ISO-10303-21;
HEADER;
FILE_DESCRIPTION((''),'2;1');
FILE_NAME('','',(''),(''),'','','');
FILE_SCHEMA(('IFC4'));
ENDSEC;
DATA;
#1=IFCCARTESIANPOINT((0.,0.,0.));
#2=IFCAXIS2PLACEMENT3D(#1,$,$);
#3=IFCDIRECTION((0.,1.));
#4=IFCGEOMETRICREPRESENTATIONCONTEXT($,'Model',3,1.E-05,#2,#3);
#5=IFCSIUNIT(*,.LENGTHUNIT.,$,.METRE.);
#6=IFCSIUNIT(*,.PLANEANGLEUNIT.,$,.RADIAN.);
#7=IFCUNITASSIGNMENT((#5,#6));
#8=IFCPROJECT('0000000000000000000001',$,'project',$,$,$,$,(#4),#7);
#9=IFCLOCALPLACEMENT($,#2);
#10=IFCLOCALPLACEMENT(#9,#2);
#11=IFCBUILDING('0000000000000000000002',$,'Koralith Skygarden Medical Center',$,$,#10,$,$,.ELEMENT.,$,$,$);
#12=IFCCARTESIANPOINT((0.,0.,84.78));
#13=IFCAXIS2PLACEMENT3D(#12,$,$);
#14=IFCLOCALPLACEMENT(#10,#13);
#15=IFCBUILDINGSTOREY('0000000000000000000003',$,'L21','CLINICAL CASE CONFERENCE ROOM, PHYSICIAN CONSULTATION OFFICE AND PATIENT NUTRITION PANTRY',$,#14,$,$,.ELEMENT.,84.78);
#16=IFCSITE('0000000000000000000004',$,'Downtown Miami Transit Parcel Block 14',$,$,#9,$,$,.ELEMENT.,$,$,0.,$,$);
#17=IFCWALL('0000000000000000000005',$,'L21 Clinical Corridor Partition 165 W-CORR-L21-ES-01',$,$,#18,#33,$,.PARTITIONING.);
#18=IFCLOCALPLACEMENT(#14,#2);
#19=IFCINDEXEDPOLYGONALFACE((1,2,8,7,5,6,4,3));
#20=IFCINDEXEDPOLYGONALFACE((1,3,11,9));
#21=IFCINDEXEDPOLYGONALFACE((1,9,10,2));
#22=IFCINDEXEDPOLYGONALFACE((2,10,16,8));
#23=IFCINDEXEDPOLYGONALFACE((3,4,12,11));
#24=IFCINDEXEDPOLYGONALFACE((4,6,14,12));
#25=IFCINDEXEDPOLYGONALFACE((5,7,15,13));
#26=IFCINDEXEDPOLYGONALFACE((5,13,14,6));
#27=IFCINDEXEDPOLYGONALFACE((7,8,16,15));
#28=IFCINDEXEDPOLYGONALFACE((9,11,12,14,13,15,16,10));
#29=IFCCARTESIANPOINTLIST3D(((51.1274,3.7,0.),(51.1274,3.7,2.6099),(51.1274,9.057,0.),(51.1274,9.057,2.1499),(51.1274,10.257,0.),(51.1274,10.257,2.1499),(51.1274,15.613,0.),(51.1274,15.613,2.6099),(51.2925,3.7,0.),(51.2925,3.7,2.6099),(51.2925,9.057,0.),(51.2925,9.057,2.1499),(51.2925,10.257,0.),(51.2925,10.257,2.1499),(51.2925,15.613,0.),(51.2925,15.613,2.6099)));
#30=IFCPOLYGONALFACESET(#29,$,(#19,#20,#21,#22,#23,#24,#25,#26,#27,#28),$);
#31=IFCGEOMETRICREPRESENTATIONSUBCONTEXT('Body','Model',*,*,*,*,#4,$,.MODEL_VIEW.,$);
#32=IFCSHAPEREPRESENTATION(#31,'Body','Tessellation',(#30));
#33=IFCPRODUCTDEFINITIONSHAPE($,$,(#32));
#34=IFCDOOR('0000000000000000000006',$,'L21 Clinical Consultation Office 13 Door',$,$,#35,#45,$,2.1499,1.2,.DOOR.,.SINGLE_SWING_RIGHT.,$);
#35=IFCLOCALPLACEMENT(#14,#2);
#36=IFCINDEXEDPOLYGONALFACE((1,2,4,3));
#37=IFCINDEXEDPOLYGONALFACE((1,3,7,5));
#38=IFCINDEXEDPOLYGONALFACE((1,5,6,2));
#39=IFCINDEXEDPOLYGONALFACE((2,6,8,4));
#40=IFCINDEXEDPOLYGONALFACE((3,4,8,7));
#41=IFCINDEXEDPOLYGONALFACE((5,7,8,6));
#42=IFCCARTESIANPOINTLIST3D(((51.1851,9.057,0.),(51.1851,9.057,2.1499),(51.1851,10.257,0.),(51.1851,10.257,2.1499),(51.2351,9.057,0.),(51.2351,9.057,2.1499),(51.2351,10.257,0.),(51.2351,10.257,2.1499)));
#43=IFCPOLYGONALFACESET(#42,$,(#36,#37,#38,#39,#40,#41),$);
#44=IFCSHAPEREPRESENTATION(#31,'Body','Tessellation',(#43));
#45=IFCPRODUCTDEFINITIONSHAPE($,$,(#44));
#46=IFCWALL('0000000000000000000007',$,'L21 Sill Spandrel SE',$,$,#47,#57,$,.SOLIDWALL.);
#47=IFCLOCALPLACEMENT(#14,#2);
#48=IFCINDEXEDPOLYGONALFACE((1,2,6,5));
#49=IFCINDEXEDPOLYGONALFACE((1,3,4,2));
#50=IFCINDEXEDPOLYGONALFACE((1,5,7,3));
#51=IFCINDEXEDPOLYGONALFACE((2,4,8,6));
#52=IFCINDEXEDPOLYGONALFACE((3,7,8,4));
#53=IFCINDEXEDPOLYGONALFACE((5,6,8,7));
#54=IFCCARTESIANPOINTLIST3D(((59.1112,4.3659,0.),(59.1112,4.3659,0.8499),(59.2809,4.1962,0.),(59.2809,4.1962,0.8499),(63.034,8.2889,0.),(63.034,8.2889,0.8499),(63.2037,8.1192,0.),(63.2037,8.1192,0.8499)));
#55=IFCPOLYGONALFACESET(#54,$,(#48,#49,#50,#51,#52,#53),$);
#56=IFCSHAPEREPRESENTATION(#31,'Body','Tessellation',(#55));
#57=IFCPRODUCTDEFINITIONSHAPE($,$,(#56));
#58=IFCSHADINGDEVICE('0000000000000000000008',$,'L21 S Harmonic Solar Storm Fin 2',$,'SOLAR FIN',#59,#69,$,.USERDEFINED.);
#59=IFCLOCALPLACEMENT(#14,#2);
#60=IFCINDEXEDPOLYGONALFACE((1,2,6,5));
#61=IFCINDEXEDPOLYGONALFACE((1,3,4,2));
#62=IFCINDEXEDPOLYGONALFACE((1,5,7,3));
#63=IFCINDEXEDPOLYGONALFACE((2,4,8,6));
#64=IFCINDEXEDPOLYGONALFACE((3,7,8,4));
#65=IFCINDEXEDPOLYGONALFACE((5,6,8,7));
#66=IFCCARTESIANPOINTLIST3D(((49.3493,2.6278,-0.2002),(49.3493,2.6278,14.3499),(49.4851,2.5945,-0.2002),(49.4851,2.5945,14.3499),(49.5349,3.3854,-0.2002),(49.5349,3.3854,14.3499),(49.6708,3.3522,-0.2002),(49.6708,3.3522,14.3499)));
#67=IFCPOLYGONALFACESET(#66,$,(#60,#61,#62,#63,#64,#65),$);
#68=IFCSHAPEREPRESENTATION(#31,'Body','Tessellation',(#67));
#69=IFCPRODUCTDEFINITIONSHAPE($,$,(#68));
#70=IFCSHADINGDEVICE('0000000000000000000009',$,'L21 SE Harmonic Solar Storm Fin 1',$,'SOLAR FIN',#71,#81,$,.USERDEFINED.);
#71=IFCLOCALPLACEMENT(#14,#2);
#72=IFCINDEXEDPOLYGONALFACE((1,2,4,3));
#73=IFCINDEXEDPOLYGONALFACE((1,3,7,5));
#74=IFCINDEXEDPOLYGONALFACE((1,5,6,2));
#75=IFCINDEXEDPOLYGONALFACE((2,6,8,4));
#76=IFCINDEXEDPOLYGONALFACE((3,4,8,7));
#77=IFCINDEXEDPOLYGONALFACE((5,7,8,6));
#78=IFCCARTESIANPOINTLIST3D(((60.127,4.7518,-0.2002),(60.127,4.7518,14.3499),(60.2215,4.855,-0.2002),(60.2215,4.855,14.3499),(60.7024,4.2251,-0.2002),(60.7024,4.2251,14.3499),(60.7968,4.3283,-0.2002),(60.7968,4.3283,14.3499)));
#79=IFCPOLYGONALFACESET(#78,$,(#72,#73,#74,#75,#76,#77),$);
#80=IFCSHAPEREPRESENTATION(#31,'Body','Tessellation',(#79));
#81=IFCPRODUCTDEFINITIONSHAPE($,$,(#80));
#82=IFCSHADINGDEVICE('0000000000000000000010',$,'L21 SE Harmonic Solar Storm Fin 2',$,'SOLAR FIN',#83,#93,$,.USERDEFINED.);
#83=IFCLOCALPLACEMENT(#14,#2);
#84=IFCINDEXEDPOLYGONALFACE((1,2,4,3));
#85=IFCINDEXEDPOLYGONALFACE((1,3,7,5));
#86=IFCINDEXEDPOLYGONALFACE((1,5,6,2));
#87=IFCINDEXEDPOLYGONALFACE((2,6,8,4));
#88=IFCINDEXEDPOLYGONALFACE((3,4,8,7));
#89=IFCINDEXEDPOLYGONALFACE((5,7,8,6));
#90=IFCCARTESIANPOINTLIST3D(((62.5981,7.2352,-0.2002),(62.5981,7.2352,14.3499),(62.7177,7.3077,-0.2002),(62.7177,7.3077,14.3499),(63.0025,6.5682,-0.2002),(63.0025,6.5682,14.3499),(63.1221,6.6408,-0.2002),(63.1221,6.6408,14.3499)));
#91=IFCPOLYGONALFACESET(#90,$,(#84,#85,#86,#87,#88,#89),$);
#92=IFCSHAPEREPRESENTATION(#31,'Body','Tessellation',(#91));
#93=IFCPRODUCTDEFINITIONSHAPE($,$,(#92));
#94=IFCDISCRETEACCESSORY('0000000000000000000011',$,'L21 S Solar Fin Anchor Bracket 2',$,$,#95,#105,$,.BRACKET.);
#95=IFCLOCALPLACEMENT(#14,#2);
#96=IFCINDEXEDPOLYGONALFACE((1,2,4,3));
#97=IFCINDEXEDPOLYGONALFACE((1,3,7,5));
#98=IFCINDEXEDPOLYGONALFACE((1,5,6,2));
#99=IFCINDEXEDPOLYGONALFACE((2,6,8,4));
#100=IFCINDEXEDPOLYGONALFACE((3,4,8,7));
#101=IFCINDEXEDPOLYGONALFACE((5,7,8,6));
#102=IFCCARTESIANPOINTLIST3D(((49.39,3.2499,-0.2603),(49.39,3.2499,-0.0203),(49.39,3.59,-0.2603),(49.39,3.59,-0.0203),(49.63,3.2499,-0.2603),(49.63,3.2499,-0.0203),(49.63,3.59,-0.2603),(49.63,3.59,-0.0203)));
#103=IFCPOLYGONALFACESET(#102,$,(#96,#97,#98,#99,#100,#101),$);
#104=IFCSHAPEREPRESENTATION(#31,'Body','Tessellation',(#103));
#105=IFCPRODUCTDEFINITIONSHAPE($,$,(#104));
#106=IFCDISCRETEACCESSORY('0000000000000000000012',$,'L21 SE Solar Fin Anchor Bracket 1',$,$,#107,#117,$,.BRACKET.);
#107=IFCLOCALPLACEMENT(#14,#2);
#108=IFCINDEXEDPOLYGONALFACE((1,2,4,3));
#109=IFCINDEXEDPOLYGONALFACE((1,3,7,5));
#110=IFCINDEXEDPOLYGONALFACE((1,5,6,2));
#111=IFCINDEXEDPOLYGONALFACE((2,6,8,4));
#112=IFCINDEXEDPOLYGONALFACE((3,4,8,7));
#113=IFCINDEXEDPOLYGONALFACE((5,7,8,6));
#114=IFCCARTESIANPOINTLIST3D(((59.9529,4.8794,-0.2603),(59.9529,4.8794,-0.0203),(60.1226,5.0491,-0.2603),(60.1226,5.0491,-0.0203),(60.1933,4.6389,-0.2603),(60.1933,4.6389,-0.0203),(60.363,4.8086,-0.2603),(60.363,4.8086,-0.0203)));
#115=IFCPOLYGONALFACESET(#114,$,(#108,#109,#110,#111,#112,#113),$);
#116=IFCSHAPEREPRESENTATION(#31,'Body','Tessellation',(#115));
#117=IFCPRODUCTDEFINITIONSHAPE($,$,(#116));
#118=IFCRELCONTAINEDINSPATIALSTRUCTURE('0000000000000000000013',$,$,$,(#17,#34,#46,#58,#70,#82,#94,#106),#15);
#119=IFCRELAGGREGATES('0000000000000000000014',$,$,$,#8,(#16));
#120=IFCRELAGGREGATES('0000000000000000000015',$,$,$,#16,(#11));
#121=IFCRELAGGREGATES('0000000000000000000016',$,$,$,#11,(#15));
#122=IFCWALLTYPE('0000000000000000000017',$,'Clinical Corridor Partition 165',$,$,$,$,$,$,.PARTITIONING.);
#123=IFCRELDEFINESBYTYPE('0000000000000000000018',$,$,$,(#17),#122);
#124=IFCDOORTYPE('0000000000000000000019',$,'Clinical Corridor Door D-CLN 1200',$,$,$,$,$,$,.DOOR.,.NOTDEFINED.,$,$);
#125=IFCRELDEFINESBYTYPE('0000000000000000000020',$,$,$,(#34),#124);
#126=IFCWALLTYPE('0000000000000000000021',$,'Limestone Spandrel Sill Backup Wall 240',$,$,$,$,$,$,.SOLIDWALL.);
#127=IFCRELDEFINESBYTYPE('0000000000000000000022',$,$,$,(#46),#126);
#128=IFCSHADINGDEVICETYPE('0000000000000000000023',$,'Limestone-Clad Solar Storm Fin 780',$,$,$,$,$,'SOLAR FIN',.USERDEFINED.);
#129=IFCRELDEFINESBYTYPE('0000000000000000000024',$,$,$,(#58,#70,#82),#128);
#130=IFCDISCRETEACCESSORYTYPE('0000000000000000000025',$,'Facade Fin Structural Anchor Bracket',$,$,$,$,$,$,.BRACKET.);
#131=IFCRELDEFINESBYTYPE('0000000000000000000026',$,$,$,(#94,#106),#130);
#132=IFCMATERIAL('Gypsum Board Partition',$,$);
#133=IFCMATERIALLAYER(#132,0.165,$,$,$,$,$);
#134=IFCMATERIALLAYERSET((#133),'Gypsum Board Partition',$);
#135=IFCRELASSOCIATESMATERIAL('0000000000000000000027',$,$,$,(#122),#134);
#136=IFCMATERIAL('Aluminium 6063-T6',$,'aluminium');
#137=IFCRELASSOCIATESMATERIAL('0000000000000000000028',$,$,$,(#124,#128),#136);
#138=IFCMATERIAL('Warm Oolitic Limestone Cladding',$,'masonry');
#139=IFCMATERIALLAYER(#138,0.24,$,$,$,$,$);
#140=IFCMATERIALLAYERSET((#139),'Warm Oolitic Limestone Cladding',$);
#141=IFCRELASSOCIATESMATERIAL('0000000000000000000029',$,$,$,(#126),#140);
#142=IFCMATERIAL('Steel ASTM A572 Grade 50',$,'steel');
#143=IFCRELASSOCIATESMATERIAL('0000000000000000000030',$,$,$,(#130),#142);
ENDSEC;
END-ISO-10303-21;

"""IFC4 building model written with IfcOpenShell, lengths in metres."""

from ifc_helpers import new_model, si_unit, direction, frame, frame_2d, origin, origin_2d, place, context, subcontext, project, spatial, rectangle, extrude, material, layer, layer_set, type_object, element, fill, save


model = new_model("IFC4")

# Units and contexts
model_context = context("Model", 3, precision=1e-05, world=origin(), true_north=direction((0.0, 1.0)))
body_context = subcontext(model_context, "Body", "Model", "MODEL_VIEW")
ifc_project = project(units=[si_unit("LENGTHUNIT", "METRE"), si_unit("PLANEANGLEUNIT", "RADIAN")], contexts=[model_context])

# Site, building, storey
site_placement = place(None, origin())
site = spatial("IfcSite", under=ifc_project, at=site_placement, Name="Downtown Miami Transit Parcel Block 14", CompositionType="ELEMENT", RefElevation=0.0)
building_placement = place(site_placement, origin())
building = spatial("IfcBuilding", under=site, at=building_placement, Name="Koralith Skygarden Medical Center", CompositionType="ELEMENT")
storey_placement = place(building_placement, frame((0.0, 0.0, 84.78)))
storey = spatial("IfcBuildingStorey", under=building, at=storey_placement, Name="L21", Description="CLINICAL CASE CONFERENCE ROOM, PHYSICIAN CONSULTATION OFFICE AND PATIENT NUTRITION PANTRY", CompositionType="ELEMENT", Elevation=84.78)

# Shared definitions
ifc_material_1 = material(Name="Aluminium 6063-T6", Category="aluminium")

# Shared definitions
ifc_material_2 = material(Name="Warm Oolitic Limestone Cladding", Category="masonry")

# Shared definitions
ifc_material_3 = material(Name="Gypsum Board Partition")
ifc_layer_1 = layer(ifc_material_3, 0.165)
ifc_layer_set_1 = layer_set([ifc_layer_1], Name="Gypsum Board Partition")
wall_type_1 = type_object("IfcWallType", Name="Clinical Corridor Partition 165", PredefinedType="PARTITIONING", material=ifc_layer_set_1)

# Wall, opening, door
wall_1_placement = place(storey_placement, frame((51.21, 3.7, 0.0), z_axis=(0.0, 0.0, 1.0), x_axis=(0.0, 1.0, 0.0)))
wall_1 = element("IfcWall", 1, at=wall_1_placement, inside=storey, type_object=wall_type_1, Name="L21 Clinical Corridor Partition 165 W-CORR-L21-ES-01", PredefinedType="PARTITIONING", context=body_context, shape_type="SweptSolid", body=[
    extrude(rectangle(XDim=11.9131, YDim=0.165, at=frame_2d((5.9565, 0.0))), origin(), (0.0, 0.0, 1.0), 2.6099),
])
opening_placement = place(wall_1_placement, frame((5.3569, 0.0, 0.0)))
opening = element("IfcOpeningElement", 2, at=opening_placement, cuts=wall_1, PredefinedType="OPENING", context=body_context, shape_type="SweptSolid", body=[
    extrude(rectangle(XDim=1.2, YDim=2.1499, at=frame_2d((0.6001, 1.075))), frame((0.0, 0.0925, 0.0), z_axis=(0.0, -1.0, 0.0), x_axis=(1.0, 0.0, 0.0)), (0.0, 0.0, 1.0), 0.1851),
])
door_type = type_object("IfcDoorType", Name="Clinical Corridor Door D-CLN 1200", OperationType="NOTDEFINED", PredefinedType="DOOR", material=ifc_material_1)
door_placement = place(opening_placement, origin())
door = element("IfcDoor", 3, at=door_placement, inside=storey, type_object=door_type, Name="L21 Clinical Consultation Office 13 Door", OperationType="SINGLE_SWING_RIGHT", OverallHeight=2.1499, OverallWidth=1.2, PredefinedType="DOOR", context=body_context, shape_type="SweptSolid", body=[
    extrude(rectangle(XDim=1.2, YDim=2.1499, at=frame_2d((0.6001, 1.075))), frame((0.0, 0.0249, 0.0), z_axis=(0.0, -1.0, 0.0), x_axis=(1.0, 0.0, 0.0)), (0.0, 0.0, 1.0), 0.05),
])
fill(opening, door)

# Wall
ifc_layer_2 = layer(ifc_material_2, 0.24)
ifc_layer_set_2 = layer_set([ifc_layer_2], Name="Warm Oolitic Limestone Cladding")
wall_type_2 = type_object("IfcWallType", Name="Limestone Spandrel Sill Backup Wall 240", PredefinedType="SOLIDWALL", material=ifc_layer_set_2)
wall_2_placement = place(storey_placement, frame((59.196, 4.281, 0.0), z_axis=(0.0, 0.0, 1.0), x_axis=(0.707085, 0.707129, 0.0)))
element("IfcWall", 4, at=wall_2_placement, inside=storey, type_object=wall_type_2, Name="L21 Sill Spandrel SE", PredefinedType="SOLIDWALL", context=body_context, shape_type="SweptSolid", body=[
    extrude(rectangle(XDim=5.5479, YDim=0.24, at=frame_2d((2.7739, 0.0))), origin(), (0.0, 0.0, 1.0), 0.8499),
])

# Shading devices
shading_device_type = type_object("IfcShadingDeviceType", Name="Limestone-Clad Solar Storm Fin 780", ElementType="SOLAR FIN", PredefinedType="USERDEFINED", material=ifc_material_1)
for number, where, z_axis, x_axis, name in (
    (5, (49.51, 2.99, -0.2002), (0.0, 0.0, 1.0), (-0.237974, -0.971272, 0.0), "L21 S Harmonic Solar Storm Fin 2"),
    (6, (60.4619, 4.54, -0.2002), (0.0, 0.0, 1.0), (0.737631, -0.675204, 0.0), "L21 SE Harmonic Solar Storm Fin 1"),
    (7, (62.8601, 6.938, -0.2002), (0.0, 0.0, 1.0), (0.51852, -0.855066, 0.0), "L21 SE Harmonic Solar Storm Fin 2"),
):
    element("IfcShadingDevice", number, at=place(storey_placement, frame(where, z_axis=z_axis, x_axis=x_axis)), inside=storey, type_object=shading_device_type, Name=name, ObjectType="SOLAR FIN", PredefinedType="USERDEFINED", context=body_context, shape_type="SweptSolid", body=[
        extrude(rectangle(XDim=0.78, YDim=0.1399, at=origin_2d()), origin(), (0.0, 0.0, 1.0), 14.55),
    ])

# Discrete accessories
ifc_material_4 = material(Name="Steel ASTM A572 Grade 50", Category="steel")
discrete_accessory_type = type_object("IfcDiscreteAccessoryType", Name="Facade Fin Structural Anchor Bracket", PredefinedType="BRACKET", material=ifc_material_4)
for number, where, z_axis, x_axis, name in (
    (8, (49.51, 3.4199, -0.2603), (0.0, 0.0, 1.0), (0.0, -1.0, 0.0), "L21 S Solar Fin Anchor Bracket 2"),
    (9, (60.158, 4.844, -0.2603), (0.0, 0.0, 1.0), (0.707107, -0.707107, 0.0), "L21 SE Solar Fin Anchor Bracket 1"),
):
    element("IfcDiscreteAccessory", number, at=place(storey_placement, frame(where, z_axis=z_axis, x_axis=x_axis)), inside=storey, type_object=discrete_accessory_type, Name=name, PredefinedType="BRACKET", context=body_context, shape_type="SweptSolid", body=[
        extrude(rectangle(XDim=0.3401, YDim=0.24, at=origin_2d()), origin(), (0.0, 0.0, 1.0), 0.24),
    ])

save(model, "model.ifc")
